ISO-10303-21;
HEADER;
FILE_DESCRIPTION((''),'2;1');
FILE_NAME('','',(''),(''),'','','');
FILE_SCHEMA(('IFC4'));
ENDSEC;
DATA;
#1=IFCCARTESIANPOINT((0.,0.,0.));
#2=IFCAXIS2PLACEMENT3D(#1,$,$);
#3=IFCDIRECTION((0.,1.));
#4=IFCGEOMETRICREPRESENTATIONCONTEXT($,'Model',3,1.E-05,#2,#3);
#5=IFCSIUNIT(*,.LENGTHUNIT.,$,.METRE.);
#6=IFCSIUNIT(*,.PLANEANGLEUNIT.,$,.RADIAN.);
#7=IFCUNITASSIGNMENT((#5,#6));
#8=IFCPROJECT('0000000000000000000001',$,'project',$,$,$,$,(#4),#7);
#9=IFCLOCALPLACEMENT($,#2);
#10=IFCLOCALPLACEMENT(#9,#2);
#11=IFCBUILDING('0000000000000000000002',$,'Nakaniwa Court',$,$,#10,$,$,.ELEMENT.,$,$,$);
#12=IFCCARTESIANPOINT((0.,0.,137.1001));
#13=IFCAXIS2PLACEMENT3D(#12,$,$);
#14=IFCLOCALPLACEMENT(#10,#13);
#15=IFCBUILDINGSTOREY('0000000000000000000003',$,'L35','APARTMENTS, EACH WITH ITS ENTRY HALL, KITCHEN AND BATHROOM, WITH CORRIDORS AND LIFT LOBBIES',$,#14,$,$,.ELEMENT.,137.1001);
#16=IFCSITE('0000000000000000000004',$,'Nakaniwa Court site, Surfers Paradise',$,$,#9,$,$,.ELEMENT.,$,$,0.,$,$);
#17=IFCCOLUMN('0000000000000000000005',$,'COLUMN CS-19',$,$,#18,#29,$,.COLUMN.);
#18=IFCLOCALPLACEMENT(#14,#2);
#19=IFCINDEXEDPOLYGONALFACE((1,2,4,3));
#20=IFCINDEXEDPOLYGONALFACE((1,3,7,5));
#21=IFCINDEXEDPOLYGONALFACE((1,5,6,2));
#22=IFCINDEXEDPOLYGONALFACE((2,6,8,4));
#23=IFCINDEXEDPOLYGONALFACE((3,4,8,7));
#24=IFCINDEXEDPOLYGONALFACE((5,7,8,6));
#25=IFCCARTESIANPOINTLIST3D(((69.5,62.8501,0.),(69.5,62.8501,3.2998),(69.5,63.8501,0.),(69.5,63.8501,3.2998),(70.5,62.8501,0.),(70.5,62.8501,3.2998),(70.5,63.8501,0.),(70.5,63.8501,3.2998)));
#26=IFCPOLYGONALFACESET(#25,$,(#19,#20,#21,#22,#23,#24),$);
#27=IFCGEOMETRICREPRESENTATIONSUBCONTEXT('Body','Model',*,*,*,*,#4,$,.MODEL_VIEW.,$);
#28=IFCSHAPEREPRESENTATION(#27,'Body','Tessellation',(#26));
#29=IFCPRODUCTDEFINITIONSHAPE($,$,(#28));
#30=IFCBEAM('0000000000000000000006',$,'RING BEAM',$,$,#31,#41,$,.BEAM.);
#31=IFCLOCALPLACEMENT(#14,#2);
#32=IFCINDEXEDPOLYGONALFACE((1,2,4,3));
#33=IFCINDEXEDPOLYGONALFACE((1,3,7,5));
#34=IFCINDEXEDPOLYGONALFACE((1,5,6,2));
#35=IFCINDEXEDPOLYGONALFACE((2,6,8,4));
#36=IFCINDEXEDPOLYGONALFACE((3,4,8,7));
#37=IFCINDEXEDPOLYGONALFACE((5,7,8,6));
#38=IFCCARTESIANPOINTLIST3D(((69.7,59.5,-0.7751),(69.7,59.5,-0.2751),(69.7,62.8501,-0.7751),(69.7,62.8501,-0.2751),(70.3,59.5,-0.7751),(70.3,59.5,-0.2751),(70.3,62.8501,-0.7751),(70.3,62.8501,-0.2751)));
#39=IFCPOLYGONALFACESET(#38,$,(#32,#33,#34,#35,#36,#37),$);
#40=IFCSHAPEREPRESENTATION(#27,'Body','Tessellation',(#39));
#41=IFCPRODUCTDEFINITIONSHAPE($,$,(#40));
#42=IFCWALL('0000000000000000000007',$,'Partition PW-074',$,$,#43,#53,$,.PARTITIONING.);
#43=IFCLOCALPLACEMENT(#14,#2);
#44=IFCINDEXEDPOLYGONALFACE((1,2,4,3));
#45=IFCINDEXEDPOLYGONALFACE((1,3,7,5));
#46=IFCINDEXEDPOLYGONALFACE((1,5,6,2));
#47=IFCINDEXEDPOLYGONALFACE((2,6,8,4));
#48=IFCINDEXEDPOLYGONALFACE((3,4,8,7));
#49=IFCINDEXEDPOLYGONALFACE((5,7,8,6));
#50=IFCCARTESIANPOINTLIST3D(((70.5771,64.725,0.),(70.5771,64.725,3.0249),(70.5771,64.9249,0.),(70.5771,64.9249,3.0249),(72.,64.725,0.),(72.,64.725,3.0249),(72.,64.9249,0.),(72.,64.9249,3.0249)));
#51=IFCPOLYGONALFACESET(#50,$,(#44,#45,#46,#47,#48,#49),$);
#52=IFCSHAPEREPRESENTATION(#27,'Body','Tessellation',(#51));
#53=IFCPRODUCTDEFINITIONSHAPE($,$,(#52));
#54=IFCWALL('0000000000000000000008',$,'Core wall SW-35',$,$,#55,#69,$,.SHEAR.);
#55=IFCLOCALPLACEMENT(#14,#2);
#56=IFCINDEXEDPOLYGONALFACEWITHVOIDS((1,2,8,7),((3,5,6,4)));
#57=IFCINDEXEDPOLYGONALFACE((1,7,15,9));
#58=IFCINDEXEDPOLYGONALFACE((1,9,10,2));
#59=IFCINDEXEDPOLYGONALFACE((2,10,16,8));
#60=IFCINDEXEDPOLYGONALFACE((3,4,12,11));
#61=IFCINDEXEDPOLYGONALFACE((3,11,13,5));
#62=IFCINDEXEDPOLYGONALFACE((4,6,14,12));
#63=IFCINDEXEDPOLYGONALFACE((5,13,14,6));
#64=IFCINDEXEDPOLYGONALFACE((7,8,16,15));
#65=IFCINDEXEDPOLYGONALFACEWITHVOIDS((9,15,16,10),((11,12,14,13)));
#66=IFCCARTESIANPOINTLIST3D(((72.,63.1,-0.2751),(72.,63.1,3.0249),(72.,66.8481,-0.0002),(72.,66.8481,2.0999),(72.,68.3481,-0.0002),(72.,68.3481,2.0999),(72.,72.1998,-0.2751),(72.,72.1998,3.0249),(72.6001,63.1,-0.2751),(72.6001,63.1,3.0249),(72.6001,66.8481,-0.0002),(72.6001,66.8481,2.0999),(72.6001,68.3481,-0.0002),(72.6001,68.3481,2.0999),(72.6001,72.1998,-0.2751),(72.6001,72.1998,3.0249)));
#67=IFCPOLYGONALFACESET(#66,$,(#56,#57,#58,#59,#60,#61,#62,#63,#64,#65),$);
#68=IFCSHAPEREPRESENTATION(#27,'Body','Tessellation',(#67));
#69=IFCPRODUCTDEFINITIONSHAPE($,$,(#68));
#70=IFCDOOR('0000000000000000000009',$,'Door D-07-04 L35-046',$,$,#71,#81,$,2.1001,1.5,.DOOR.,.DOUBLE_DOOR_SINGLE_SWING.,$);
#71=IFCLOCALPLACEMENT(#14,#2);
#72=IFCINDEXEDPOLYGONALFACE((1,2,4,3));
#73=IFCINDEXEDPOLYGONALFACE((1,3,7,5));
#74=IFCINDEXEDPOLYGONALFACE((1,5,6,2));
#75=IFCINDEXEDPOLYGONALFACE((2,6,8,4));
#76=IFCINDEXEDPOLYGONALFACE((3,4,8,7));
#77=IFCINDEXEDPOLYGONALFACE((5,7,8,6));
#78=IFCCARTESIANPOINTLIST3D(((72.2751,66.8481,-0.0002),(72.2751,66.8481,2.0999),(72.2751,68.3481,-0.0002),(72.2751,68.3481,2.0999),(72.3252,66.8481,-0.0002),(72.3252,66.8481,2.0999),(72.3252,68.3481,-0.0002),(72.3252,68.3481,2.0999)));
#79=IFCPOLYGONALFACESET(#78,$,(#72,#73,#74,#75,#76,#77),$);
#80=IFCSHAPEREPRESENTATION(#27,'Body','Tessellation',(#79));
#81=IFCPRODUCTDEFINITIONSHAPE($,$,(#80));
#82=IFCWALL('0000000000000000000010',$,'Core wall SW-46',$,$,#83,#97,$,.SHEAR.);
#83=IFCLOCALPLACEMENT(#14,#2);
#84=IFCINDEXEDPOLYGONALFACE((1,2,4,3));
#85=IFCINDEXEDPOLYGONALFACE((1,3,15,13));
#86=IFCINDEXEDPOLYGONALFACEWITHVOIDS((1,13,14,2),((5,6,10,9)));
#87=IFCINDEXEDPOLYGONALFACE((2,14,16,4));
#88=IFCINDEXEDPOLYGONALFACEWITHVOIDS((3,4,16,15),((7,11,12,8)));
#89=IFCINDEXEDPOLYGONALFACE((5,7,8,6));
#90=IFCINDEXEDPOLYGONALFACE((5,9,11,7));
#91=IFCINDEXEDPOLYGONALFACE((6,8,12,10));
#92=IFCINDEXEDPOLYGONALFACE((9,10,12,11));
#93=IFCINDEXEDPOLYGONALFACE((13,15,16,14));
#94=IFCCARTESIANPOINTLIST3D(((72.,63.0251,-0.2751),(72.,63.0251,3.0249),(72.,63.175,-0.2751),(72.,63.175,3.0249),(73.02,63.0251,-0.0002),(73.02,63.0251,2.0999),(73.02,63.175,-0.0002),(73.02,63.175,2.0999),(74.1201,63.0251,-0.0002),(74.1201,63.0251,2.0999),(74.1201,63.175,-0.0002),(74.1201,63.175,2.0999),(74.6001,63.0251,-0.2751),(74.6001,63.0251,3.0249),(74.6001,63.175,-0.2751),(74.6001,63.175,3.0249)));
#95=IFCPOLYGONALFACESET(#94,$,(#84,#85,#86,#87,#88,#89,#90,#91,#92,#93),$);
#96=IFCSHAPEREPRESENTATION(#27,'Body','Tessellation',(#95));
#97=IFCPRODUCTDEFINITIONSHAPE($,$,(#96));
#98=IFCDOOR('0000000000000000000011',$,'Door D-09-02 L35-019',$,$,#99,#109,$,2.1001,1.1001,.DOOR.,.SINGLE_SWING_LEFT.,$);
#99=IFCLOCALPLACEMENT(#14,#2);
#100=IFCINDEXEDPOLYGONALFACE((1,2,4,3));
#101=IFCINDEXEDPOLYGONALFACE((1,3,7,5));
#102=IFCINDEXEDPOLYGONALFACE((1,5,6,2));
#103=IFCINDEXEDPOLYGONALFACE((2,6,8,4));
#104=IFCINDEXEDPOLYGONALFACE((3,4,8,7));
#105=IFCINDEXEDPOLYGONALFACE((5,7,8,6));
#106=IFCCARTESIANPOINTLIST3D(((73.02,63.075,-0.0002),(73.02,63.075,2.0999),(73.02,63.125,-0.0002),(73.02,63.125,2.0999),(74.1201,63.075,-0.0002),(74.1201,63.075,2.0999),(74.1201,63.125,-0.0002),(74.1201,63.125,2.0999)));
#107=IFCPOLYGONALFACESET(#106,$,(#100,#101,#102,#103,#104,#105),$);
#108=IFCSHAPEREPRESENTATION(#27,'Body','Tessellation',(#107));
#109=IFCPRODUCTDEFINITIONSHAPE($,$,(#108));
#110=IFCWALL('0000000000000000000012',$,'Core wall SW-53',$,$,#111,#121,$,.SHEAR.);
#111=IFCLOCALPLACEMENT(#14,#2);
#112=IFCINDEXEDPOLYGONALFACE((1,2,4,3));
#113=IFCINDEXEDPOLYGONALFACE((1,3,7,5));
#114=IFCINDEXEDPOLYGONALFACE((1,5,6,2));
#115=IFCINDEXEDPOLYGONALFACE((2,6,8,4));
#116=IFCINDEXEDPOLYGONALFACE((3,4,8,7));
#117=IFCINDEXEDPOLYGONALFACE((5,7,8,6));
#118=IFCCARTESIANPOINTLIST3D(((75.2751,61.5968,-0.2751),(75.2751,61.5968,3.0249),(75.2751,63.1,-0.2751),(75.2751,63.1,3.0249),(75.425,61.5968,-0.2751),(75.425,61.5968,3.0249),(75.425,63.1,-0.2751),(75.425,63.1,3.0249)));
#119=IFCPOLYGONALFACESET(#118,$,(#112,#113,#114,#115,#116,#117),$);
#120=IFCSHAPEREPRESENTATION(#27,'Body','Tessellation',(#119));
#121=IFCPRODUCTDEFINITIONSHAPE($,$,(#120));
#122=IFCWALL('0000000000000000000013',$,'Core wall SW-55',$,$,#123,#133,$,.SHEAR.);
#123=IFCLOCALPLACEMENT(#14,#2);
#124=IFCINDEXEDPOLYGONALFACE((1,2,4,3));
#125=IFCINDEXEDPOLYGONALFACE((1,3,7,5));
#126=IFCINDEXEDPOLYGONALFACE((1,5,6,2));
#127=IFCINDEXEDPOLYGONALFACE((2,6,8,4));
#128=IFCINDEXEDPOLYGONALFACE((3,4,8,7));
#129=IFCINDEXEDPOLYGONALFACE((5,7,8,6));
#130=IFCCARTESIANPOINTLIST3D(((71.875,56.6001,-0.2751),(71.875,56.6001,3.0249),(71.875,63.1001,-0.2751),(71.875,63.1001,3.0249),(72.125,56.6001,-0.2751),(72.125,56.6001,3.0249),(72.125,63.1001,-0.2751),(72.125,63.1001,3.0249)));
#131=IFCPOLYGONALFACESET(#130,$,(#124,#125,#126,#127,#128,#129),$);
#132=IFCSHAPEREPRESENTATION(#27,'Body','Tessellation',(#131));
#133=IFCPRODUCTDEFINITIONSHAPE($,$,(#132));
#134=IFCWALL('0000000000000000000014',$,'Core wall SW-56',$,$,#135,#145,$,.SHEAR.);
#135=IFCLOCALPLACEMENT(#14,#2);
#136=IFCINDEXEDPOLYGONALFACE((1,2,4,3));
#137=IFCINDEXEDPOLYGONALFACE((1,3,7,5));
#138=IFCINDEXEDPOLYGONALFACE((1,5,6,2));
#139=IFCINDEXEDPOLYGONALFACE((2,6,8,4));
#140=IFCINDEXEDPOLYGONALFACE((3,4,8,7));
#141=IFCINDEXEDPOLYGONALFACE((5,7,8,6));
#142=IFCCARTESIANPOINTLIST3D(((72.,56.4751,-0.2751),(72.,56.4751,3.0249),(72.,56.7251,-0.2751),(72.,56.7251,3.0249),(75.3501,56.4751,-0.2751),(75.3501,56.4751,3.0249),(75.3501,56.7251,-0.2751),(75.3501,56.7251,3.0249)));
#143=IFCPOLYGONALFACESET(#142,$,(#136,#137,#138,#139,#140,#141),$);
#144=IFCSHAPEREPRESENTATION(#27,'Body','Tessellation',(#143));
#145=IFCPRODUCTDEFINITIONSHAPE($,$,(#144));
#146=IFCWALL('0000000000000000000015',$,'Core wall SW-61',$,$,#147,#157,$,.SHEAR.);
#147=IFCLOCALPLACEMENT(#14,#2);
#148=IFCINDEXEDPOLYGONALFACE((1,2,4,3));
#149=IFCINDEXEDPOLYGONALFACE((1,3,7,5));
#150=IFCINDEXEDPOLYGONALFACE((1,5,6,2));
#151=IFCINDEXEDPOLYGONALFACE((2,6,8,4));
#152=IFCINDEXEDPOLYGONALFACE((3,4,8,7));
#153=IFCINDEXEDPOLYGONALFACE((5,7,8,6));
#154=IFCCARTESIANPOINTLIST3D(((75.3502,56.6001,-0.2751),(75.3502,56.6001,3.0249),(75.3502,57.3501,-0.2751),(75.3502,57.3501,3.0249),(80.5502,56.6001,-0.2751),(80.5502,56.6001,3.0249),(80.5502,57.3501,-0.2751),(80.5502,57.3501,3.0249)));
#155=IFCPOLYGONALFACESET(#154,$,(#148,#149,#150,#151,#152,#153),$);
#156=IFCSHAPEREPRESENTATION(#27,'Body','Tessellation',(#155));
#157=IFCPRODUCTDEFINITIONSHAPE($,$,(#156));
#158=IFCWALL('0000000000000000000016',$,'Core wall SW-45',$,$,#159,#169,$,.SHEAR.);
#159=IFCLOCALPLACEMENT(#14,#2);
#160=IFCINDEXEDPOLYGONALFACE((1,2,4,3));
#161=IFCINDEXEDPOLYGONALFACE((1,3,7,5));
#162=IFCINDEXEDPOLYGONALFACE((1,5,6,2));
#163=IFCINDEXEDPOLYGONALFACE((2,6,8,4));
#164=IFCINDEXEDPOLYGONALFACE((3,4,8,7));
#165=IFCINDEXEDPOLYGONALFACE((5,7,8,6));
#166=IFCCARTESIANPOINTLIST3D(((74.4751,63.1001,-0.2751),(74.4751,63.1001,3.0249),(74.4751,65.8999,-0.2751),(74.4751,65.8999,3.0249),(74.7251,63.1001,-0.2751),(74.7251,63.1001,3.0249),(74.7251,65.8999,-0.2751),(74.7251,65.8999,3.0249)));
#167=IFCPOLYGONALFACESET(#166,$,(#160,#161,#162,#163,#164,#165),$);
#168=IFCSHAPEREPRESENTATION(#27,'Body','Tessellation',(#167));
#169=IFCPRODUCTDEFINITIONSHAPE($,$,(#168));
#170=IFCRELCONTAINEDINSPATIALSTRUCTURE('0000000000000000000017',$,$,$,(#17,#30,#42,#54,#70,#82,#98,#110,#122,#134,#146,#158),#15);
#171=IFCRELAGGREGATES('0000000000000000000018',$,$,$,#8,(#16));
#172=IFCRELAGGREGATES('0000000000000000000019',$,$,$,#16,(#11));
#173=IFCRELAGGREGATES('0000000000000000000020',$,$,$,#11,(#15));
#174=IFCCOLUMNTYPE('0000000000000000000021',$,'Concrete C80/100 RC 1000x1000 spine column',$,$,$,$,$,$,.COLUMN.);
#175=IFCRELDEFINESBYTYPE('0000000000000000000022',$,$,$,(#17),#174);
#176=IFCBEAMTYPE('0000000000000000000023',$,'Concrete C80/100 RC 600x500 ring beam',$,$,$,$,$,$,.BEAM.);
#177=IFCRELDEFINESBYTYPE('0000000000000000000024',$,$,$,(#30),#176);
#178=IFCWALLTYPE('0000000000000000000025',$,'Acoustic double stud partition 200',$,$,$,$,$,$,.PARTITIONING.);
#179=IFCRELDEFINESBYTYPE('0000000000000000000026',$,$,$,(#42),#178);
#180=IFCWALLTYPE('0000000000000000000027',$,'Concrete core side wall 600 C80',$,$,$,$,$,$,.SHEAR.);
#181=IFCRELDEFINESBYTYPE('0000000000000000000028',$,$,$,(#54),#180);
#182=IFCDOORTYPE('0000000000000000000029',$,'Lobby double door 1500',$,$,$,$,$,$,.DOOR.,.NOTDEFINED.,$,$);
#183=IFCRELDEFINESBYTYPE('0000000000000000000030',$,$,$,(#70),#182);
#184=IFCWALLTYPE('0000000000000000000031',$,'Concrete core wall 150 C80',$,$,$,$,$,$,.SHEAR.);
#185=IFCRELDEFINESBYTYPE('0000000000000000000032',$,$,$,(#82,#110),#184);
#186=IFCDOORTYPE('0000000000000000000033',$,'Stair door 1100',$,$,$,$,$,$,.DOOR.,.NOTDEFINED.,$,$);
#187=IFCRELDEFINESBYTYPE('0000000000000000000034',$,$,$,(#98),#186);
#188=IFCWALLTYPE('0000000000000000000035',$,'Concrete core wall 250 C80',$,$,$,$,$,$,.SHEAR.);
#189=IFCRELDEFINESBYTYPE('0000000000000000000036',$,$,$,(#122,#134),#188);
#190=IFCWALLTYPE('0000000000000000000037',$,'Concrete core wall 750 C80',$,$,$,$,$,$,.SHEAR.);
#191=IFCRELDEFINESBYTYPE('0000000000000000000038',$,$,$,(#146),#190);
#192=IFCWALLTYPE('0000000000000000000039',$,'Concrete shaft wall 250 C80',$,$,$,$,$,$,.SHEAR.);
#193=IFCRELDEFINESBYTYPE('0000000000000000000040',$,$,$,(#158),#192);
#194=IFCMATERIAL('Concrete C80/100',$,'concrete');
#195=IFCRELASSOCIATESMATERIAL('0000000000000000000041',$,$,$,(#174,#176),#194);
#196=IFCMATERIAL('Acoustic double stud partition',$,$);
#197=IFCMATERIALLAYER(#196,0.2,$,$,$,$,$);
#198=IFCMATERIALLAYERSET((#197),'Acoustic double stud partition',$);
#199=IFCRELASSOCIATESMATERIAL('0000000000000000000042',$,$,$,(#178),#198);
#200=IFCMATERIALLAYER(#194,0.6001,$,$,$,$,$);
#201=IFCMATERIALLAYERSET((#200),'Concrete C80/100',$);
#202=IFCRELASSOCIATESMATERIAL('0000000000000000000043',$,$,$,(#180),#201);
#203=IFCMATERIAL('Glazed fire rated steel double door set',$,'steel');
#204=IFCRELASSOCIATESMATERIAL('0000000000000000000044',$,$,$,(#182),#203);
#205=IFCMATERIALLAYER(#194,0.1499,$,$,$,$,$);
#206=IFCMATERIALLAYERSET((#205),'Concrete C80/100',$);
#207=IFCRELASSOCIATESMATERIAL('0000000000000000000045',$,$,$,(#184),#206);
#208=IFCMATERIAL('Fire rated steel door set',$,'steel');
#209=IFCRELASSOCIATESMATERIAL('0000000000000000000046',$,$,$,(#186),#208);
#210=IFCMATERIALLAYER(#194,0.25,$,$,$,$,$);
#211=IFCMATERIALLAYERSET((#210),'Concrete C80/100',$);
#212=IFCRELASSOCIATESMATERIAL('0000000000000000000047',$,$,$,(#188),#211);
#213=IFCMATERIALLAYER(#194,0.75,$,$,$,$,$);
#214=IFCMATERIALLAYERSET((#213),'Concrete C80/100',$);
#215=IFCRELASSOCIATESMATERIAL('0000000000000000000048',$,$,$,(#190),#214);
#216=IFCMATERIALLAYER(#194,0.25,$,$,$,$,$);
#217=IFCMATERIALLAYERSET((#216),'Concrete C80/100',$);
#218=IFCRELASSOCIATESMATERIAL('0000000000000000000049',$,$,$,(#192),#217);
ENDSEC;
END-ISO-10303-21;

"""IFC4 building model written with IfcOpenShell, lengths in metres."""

from ifc_helpers import new_model, si_unit, direction, frame, frame_2d, origin, origin_2d, place, context, subcontext, project, spatial, rectangle, extrude, material, layer, layer_set, material_profile, profile_set, type_object, element, fill, save


model = new_model("IFC4")

# Units and contexts
model_context = context("Model", 3, precision=1e-05, world=origin(), true_north=direction((0.0, 1.0)))
body_context = subcontext(model_context, "Body", "Model", "MODEL_VIEW")
ifc_project = project(units=[si_unit("LENGTHUNIT", "METRE"), si_unit("PLANEANGLEUNIT", "RADIAN")], contexts=[model_context])

# Site, building, storey
site_placement = place(None, origin())
site = spatial("IfcSite", under=ifc_project, at=site_placement, Name="Nakaniwa Court site, Surfers Paradise", CompositionType="ELEMENT", RefElevation=0.0)
building_placement = place(site_placement, origin())
building = spatial("IfcBuilding", under=site, at=building_placement, Name="Nakaniwa Court", CompositionType="ELEMENT")
storey_placement = place(building_placement, frame((0.0, 0.0, 137.1001)))
storey = spatial("IfcBuildingStorey", under=building, at=storey_placement, Name="L35", Description="APARTMENTS, EACH WITH ITS ENTRY HALL, KITCHEN AND BATHROOM, WITH CORRIDORS AND LIFT LOBBIES", CompositionType="ELEMENT", Elevation=137.1001)

# Column
ifc_material_1 = material(Name="Concrete C80/100", Category="concrete")
ifc_material_profile_1 = material_profile(ifc_material_1, rectangle(XDim=1.0, YDim=1.0, at=origin_2d()), Name="Concrete C80/100 RC 1000x1000 spine column")
ifc_profile_set_1 = profile_set([ifc_material_profile_1], Name="Concrete C80/100")
column_type = type_object("IfcColumnType", Name="Concrete C80/100 RC 1000x1000 spine column", PredefinedType="COLUMN", material=ifc_profile_set_1)
column_placement = place(storey_placement, frame((70.0, 63.3501, 0.0), z_axis=(0.0, 0.0, 1.0), x_axis=(0.0, -1.0, 0.0)))
element("IfcColumn", 1, at=column_placement, inside=storey, type_object=column_type, Name="COLUMN CS-19", PredefinedType="COLUMN", context=body_context, shape_type="SweptSolid", body=[
    extrude(rectangle(XDim=1.0, YDim=1.0, at=origin_2d()), origin(), (0.0, 0.0, 1.0), 3.2998),
])

# Beam
ifc_material_profile_2 = material_profile(ifc_material_1, rectangle(XDim=0.6001, YDim=0.5, at=origin_2d()), Name="Concrete C80/100 RC 600x500 ring beam")
ifc_profile_set_2 = profile_set([ifc_material_profile_2], Name="Concrete C80/100")
beam_type = type_object("IfcBeamType", Name="Concrete C80/100 RC 600x500 ring beam", PredefinedType="BEAM", material=ifc_profile_set_2)
beam_placement = place(storey_placement, frame((70.0, 62.8501, -0.5251), z_axis=(0.0, -1.0, 0.0), x_axis=(1.0, 0.0, 0.0)))
element("IfcBeam", 2, at=beam_placement, inside=storey, type_object=beam_type, Name="RING BEAM", PredefinedType="BEAM", context=body_context, shape_type="SweptSolid", body=[
    extrude(rectangle(XDim=0.6001, YDim=0.5, at=origin_2d()), origin(), (0.0, 0.0, 1.0), 3.3501),
])

# Wall
ifc_material_2 = material(Name="Acoustic double stud partition")
ifc_layer_1 = layer(ifc_material_2, 0.2)
ifc_layer_set_1 = layer_set([ifc_layer_1], Name="Acoustic double stud partition")
wall_type_1 = type_object("IfcWallType", Name="Acoustic double stud partition 200", PredefinedType="PARTITIONING", material=ifc_layer_set_1)
wall_1_placement = place(storey_placement, frame((70.5771, 64.825, 0.0), z_axis=(0.0, 0.0, 1.0), x_axis=(1.0, 0.0, 0.0)))
element("IfcWall", 3, at=wall_1_placement, inside=storey, type_object=wall_type_1, Name="Partition PW-074", PredefinedType="PARTITIONING", context=body_context, shape_type="SweptSolid", body=[
    extrude(rectangle(XDim=1.4229, YDim=0.2, at=frame_2d((0.7114, 0.0))), origin(), (0.0, 0.0, 1.0), 3.0249),
])

# Walls, openings, doors
ifc_layer_2 = layer(ifc_material_1, 0.6001)
ifc_layer_set_2 = layer_set([ifc_layer_2], Name="Concrete C80/100")
wall_type_2 = type_object("IfcWallType", Name="Concrete core side wall 600 C80", PredefinedType="SHEAR", material=ifc_layer_set_2)
wall_2_placement = place(storey_placement, frame((72.3, 63.1001, -0.2751), z_axis=(0.0, 0.0, 1.0), x_axis=(0.0, 1.0, 0.0)))
wall_2 = element("IfcWall", 4, at=wall_2_placement, inside=storey, type_object=wall_type_2, Name="Core wall SW-35", PredefinedType="SHEAR", context=body_context, shape_type="SweptSolid", body=[
    extrude(rectangle(XDim=9.0999, YDim=0.6001, at=frame_2d((4.5498, 0.0))), origin(), (0.0, 0.0, 1.0), 3.3),
])
opening_1_placement = place(wall_2_placement, frame((3.748, 0.0, 0.2749)))
opening_1 = element("IfcOpeningElement", 5, at=opening_1_placement, cuts=wall_2, PredefinedType="OPENING", context=body_context, shape_type="SweptSolid", body=[
    extrude(rectangle(XDim=1.5, YDim=2.1001, at=frame_2d((0.75, 1.05))), frame((0.0, 0.3101, 0.0), z_axis=(0.0, -1.0, 0.0), x_axis=(1.0, 0.0, 0.0)), (0.0, 0.0, 1.0), 0.6201),
])
ifc_material_3 = material(Name="Glazed fire rated steel double door set", Category="steel")
door_type_1 = type_object("IfcDoorType", Name="Lobby double door 1500", OperationType="NOTDEFINED", PredefinedType="DOOR", material=ifc_material_3)
door_1_placement = place(opening_1_placement, origin())
door_1 = element("IfcDoor", 6, at=door_1_placement, inside=storey, type_object=door_type_1, Name="Door D-07-04 L35-046", OperationType="DOUBLE_DOOR_SINGLE_SWING", OverallHeight=2.1001, OverallWidth=1.5, PredefinedType="DOOR", context=body_context, shape_type="SweptSolid", body=[
    extrude(rectangle(XDim=1.5, YDim=2.1001, at=frame_2d((0.75, 1.05))), frame((0.0, 0.0249, 0.0), z_axis=(0.0, -1.0, 0.0), x_axis=(1.0, 0.0, 0.0)), (0.0, 0.0, 1.0), 0.05),
])
fill(opening_1, door_1)
ifc_layer_3 = layer(ifc_material_1, 0.1499)
ifc_layer_set_3 = layer_set([ifc_layer_3], Name="Concrete C80/100")
wall_type_3 = type_object("IfcWallType", Name="Concrete core wall 150 C80", PredefinedType="SHEAR", material=ifc_layer_set_3)
wall_3_placement = place(storey_placement, frame((72.0, 63.1001, -0.2751), z_axis=(0.0, 0.0, 1.0), x_axis=(1.0, 0.0, 0.0)))
wall_3 = element("IfcWall", 7, at=wall_3_placement, inside=storey, type_object=wall_type_3, Name="Core wall SW-46", PredefinedType="SHEAR", context=body_context, shape_type="SweptSolid", body=[
    extrude(rectangle(XDim=2.6001, YDim=0.1499, at=frame_2d((1.3, 0.0))), origin(), (0.0, 0.0, 1.0), 3.3),
])
opening_2_placement = place(wall_3_placement, frame((1.02, 0.0, 0.2749)))
opening_2 = element("IfcOpeningElement", 8, at=opening_2_placement, cuts=wall_3, PredefinedType="OPENING", context=body_context, shape_type="SweptSolid", body=[
    extrude(rectangle(XDim=1.1001, YDim=2.1001, at=frame_2d((0.55, 1.05))), frame((0.0, 0.085, 0.0), z_axis=(0.0, -1.0, 0.0), x_axis=(1.0, 0.0, 0.0)), (0.0, 0.0, 1.0), 0.1699),
])
ifc_material_4 = material(Name="Fire rated steel door set", Category="steel")
door_type_2 = type_object("IfcDoorType", Name="Stair door 1100", OperationType="NOTDEFINED", PredefinedType="DOOR", material=ifc_material_4)
door_2_placement = place(opening_2_placement, origin())
door_2 = element("IfcDoor", 9, at=door_2_placement, inside=storey, type_object=door_type_2, Name="Door D-09-02 L35-019", OperationType="SINGLE_SWING_LEFT", OverallHeight=2.1001, OverallWidth=1.1001, PredefinedType="DOOR", context=body_context, shape_type="SweptSolid", body=[
    extrude(rectangle(XDim=1.1001, YDim=2.1001, at=frame_2d((0.55, 1.05))), frame((0.0, 0.0249, 0.0), z_axis=(0.0, -1.0, 0.0), x_axis=(1.0, 0.0, 0.0)), (0.0, 0.0, 1.0), 0.05),
])
fill(opening_2, door_2)

# Walls
wall_4_placement = place(storey_placement, frame((75.3501, 61.5969, -0.2751), z_axis=(0.0, 0.0, 1.0), x_axis=(0.0, 1.0, 0.0)))
element("IfcWall", 10, at=wall_4_placement, inside=storey, type_object=wall_type_3, Name="Core wall SW-53", PredefinedType="SHEAR", context=body_context, shape_type="SweptSolid", body=[
    extrude(rectangle(XDim=1.5032, YDim=0.1499, at=frame_2d((0.7515, 0.0))), origin(), (0.0, 0.0, 1.0), 3.3),
])
ifc_layer_4 = layer(ifc_material_1, 0.25)
ifc_layer_set_4 = layer_set([ifc_layer_4], Name="Concrete C80/100")
wall_type_4 = type_object("IfcWallType", Name="Concrete core wall 250 C80", PredefinedType="SHEAR", material=ifc_layer_set_4)
wall_5_placement = place(storey_placement, frame((72.0, 56.6001, -0.2751), z_axis=(0.0, 0.0, 1.0), x_axis=(0.0, 1.0, 0.0)))
element("IfcWall", 11, at=wall_5_placement, inside=storey, type_object=wall_type_4, Name="Core wall SW-55", PredefinedType="SHEAR", context=body_context, shape_type="SweptSolid", body=[
    extrude(rectangle(XDim=6.5, YDim=0.25, at=frame_2d((3.25, 0.0))), origin(), (0.0, 0.0, 1.0), 3.3),
])
wall_6_placement = place(storey_placement, frame((72.0, 56.6001, -0.2751), z_axis=(0.0, 0.0, 1.0), x_axis=(1.0, 0.0, 0.0)))
element("IfcWall", 12, at=wall_6_placement, inside=storey, type_object=wall_type_4, Name="Core wall SW-56", PredefinedType="SHEAR", context=body_context, shape_type="SweptSolid", body=[
    extrude(rectangle(XDim=3.3501, YDim=0.25, at=frame_2d((1.675, 0.0))), origin(), (0.0, 0.0, 1.0), 3.3),
])
ifc_layer_5 = layer(ifc_material_1, 0.75)
ifc_layer_set_5 = layer_set([ifc_layer_5], Name="Concrete C80/100")
wall_type_5 = type_object("IfcWallType", Name="Concrete core wall 750 C80", PredefinedType="SHEAR", material=ifc_layer_set_5)
wall_7_placement = place(storey_placement, frame((75.3501, 56.9751, -0.2751), z_axis=(0.0, 0.0, 1.0), x_axis=(1.0, 0.0, 0.0)))
element("IfcWall", 13, at=wall_7_placement, inside=storey, type_object=wall_type_5, Name="Core wall SW-61", PredefinedType="SHEAR", context=body_context, shape_type="SweptSolid", body=[
    extrude(rectangle(XDim=5.2, YDim=0.75, at=frame_2d((2.6001, 0.0))), origin(), (0.0, 0.0, 1.0), 3.3),
])
ifc_layer_6 = layer(ifc_material_1, 0.25)
ifc_layer_set_6 = layer_set([ifc_layer_6], Name="Concrete C80/100")
wall_type_6 = type_object("IfcWallType", Name="Concrete shaft wall 250 C80", PredefinedType="SHEAR", material=ifc_layer_set_6)
wall_8_placement = place(storey_placement, frame((74.6001, 63.1001, -0.2751), z_axis=(0.0, 0.0, 1.0), x_axis=(0.0, 1.0, 0.0)))
element("IfcWall", 14, at=wall_8_placement, inside=storey, type_object=wall_type_6, Name="Core wall SW-45", PredefinedType="SHEAR", context=body_context, shape_type="SweptSolid", body=[
    extrude(rectangle(XDim=2.7998, YDim=0.25, at=frame_2d((1.3999, 0.0))), origin(), (0.0, 0.0, 1.0), 3.3),
])

save(model, "model.ifc")
